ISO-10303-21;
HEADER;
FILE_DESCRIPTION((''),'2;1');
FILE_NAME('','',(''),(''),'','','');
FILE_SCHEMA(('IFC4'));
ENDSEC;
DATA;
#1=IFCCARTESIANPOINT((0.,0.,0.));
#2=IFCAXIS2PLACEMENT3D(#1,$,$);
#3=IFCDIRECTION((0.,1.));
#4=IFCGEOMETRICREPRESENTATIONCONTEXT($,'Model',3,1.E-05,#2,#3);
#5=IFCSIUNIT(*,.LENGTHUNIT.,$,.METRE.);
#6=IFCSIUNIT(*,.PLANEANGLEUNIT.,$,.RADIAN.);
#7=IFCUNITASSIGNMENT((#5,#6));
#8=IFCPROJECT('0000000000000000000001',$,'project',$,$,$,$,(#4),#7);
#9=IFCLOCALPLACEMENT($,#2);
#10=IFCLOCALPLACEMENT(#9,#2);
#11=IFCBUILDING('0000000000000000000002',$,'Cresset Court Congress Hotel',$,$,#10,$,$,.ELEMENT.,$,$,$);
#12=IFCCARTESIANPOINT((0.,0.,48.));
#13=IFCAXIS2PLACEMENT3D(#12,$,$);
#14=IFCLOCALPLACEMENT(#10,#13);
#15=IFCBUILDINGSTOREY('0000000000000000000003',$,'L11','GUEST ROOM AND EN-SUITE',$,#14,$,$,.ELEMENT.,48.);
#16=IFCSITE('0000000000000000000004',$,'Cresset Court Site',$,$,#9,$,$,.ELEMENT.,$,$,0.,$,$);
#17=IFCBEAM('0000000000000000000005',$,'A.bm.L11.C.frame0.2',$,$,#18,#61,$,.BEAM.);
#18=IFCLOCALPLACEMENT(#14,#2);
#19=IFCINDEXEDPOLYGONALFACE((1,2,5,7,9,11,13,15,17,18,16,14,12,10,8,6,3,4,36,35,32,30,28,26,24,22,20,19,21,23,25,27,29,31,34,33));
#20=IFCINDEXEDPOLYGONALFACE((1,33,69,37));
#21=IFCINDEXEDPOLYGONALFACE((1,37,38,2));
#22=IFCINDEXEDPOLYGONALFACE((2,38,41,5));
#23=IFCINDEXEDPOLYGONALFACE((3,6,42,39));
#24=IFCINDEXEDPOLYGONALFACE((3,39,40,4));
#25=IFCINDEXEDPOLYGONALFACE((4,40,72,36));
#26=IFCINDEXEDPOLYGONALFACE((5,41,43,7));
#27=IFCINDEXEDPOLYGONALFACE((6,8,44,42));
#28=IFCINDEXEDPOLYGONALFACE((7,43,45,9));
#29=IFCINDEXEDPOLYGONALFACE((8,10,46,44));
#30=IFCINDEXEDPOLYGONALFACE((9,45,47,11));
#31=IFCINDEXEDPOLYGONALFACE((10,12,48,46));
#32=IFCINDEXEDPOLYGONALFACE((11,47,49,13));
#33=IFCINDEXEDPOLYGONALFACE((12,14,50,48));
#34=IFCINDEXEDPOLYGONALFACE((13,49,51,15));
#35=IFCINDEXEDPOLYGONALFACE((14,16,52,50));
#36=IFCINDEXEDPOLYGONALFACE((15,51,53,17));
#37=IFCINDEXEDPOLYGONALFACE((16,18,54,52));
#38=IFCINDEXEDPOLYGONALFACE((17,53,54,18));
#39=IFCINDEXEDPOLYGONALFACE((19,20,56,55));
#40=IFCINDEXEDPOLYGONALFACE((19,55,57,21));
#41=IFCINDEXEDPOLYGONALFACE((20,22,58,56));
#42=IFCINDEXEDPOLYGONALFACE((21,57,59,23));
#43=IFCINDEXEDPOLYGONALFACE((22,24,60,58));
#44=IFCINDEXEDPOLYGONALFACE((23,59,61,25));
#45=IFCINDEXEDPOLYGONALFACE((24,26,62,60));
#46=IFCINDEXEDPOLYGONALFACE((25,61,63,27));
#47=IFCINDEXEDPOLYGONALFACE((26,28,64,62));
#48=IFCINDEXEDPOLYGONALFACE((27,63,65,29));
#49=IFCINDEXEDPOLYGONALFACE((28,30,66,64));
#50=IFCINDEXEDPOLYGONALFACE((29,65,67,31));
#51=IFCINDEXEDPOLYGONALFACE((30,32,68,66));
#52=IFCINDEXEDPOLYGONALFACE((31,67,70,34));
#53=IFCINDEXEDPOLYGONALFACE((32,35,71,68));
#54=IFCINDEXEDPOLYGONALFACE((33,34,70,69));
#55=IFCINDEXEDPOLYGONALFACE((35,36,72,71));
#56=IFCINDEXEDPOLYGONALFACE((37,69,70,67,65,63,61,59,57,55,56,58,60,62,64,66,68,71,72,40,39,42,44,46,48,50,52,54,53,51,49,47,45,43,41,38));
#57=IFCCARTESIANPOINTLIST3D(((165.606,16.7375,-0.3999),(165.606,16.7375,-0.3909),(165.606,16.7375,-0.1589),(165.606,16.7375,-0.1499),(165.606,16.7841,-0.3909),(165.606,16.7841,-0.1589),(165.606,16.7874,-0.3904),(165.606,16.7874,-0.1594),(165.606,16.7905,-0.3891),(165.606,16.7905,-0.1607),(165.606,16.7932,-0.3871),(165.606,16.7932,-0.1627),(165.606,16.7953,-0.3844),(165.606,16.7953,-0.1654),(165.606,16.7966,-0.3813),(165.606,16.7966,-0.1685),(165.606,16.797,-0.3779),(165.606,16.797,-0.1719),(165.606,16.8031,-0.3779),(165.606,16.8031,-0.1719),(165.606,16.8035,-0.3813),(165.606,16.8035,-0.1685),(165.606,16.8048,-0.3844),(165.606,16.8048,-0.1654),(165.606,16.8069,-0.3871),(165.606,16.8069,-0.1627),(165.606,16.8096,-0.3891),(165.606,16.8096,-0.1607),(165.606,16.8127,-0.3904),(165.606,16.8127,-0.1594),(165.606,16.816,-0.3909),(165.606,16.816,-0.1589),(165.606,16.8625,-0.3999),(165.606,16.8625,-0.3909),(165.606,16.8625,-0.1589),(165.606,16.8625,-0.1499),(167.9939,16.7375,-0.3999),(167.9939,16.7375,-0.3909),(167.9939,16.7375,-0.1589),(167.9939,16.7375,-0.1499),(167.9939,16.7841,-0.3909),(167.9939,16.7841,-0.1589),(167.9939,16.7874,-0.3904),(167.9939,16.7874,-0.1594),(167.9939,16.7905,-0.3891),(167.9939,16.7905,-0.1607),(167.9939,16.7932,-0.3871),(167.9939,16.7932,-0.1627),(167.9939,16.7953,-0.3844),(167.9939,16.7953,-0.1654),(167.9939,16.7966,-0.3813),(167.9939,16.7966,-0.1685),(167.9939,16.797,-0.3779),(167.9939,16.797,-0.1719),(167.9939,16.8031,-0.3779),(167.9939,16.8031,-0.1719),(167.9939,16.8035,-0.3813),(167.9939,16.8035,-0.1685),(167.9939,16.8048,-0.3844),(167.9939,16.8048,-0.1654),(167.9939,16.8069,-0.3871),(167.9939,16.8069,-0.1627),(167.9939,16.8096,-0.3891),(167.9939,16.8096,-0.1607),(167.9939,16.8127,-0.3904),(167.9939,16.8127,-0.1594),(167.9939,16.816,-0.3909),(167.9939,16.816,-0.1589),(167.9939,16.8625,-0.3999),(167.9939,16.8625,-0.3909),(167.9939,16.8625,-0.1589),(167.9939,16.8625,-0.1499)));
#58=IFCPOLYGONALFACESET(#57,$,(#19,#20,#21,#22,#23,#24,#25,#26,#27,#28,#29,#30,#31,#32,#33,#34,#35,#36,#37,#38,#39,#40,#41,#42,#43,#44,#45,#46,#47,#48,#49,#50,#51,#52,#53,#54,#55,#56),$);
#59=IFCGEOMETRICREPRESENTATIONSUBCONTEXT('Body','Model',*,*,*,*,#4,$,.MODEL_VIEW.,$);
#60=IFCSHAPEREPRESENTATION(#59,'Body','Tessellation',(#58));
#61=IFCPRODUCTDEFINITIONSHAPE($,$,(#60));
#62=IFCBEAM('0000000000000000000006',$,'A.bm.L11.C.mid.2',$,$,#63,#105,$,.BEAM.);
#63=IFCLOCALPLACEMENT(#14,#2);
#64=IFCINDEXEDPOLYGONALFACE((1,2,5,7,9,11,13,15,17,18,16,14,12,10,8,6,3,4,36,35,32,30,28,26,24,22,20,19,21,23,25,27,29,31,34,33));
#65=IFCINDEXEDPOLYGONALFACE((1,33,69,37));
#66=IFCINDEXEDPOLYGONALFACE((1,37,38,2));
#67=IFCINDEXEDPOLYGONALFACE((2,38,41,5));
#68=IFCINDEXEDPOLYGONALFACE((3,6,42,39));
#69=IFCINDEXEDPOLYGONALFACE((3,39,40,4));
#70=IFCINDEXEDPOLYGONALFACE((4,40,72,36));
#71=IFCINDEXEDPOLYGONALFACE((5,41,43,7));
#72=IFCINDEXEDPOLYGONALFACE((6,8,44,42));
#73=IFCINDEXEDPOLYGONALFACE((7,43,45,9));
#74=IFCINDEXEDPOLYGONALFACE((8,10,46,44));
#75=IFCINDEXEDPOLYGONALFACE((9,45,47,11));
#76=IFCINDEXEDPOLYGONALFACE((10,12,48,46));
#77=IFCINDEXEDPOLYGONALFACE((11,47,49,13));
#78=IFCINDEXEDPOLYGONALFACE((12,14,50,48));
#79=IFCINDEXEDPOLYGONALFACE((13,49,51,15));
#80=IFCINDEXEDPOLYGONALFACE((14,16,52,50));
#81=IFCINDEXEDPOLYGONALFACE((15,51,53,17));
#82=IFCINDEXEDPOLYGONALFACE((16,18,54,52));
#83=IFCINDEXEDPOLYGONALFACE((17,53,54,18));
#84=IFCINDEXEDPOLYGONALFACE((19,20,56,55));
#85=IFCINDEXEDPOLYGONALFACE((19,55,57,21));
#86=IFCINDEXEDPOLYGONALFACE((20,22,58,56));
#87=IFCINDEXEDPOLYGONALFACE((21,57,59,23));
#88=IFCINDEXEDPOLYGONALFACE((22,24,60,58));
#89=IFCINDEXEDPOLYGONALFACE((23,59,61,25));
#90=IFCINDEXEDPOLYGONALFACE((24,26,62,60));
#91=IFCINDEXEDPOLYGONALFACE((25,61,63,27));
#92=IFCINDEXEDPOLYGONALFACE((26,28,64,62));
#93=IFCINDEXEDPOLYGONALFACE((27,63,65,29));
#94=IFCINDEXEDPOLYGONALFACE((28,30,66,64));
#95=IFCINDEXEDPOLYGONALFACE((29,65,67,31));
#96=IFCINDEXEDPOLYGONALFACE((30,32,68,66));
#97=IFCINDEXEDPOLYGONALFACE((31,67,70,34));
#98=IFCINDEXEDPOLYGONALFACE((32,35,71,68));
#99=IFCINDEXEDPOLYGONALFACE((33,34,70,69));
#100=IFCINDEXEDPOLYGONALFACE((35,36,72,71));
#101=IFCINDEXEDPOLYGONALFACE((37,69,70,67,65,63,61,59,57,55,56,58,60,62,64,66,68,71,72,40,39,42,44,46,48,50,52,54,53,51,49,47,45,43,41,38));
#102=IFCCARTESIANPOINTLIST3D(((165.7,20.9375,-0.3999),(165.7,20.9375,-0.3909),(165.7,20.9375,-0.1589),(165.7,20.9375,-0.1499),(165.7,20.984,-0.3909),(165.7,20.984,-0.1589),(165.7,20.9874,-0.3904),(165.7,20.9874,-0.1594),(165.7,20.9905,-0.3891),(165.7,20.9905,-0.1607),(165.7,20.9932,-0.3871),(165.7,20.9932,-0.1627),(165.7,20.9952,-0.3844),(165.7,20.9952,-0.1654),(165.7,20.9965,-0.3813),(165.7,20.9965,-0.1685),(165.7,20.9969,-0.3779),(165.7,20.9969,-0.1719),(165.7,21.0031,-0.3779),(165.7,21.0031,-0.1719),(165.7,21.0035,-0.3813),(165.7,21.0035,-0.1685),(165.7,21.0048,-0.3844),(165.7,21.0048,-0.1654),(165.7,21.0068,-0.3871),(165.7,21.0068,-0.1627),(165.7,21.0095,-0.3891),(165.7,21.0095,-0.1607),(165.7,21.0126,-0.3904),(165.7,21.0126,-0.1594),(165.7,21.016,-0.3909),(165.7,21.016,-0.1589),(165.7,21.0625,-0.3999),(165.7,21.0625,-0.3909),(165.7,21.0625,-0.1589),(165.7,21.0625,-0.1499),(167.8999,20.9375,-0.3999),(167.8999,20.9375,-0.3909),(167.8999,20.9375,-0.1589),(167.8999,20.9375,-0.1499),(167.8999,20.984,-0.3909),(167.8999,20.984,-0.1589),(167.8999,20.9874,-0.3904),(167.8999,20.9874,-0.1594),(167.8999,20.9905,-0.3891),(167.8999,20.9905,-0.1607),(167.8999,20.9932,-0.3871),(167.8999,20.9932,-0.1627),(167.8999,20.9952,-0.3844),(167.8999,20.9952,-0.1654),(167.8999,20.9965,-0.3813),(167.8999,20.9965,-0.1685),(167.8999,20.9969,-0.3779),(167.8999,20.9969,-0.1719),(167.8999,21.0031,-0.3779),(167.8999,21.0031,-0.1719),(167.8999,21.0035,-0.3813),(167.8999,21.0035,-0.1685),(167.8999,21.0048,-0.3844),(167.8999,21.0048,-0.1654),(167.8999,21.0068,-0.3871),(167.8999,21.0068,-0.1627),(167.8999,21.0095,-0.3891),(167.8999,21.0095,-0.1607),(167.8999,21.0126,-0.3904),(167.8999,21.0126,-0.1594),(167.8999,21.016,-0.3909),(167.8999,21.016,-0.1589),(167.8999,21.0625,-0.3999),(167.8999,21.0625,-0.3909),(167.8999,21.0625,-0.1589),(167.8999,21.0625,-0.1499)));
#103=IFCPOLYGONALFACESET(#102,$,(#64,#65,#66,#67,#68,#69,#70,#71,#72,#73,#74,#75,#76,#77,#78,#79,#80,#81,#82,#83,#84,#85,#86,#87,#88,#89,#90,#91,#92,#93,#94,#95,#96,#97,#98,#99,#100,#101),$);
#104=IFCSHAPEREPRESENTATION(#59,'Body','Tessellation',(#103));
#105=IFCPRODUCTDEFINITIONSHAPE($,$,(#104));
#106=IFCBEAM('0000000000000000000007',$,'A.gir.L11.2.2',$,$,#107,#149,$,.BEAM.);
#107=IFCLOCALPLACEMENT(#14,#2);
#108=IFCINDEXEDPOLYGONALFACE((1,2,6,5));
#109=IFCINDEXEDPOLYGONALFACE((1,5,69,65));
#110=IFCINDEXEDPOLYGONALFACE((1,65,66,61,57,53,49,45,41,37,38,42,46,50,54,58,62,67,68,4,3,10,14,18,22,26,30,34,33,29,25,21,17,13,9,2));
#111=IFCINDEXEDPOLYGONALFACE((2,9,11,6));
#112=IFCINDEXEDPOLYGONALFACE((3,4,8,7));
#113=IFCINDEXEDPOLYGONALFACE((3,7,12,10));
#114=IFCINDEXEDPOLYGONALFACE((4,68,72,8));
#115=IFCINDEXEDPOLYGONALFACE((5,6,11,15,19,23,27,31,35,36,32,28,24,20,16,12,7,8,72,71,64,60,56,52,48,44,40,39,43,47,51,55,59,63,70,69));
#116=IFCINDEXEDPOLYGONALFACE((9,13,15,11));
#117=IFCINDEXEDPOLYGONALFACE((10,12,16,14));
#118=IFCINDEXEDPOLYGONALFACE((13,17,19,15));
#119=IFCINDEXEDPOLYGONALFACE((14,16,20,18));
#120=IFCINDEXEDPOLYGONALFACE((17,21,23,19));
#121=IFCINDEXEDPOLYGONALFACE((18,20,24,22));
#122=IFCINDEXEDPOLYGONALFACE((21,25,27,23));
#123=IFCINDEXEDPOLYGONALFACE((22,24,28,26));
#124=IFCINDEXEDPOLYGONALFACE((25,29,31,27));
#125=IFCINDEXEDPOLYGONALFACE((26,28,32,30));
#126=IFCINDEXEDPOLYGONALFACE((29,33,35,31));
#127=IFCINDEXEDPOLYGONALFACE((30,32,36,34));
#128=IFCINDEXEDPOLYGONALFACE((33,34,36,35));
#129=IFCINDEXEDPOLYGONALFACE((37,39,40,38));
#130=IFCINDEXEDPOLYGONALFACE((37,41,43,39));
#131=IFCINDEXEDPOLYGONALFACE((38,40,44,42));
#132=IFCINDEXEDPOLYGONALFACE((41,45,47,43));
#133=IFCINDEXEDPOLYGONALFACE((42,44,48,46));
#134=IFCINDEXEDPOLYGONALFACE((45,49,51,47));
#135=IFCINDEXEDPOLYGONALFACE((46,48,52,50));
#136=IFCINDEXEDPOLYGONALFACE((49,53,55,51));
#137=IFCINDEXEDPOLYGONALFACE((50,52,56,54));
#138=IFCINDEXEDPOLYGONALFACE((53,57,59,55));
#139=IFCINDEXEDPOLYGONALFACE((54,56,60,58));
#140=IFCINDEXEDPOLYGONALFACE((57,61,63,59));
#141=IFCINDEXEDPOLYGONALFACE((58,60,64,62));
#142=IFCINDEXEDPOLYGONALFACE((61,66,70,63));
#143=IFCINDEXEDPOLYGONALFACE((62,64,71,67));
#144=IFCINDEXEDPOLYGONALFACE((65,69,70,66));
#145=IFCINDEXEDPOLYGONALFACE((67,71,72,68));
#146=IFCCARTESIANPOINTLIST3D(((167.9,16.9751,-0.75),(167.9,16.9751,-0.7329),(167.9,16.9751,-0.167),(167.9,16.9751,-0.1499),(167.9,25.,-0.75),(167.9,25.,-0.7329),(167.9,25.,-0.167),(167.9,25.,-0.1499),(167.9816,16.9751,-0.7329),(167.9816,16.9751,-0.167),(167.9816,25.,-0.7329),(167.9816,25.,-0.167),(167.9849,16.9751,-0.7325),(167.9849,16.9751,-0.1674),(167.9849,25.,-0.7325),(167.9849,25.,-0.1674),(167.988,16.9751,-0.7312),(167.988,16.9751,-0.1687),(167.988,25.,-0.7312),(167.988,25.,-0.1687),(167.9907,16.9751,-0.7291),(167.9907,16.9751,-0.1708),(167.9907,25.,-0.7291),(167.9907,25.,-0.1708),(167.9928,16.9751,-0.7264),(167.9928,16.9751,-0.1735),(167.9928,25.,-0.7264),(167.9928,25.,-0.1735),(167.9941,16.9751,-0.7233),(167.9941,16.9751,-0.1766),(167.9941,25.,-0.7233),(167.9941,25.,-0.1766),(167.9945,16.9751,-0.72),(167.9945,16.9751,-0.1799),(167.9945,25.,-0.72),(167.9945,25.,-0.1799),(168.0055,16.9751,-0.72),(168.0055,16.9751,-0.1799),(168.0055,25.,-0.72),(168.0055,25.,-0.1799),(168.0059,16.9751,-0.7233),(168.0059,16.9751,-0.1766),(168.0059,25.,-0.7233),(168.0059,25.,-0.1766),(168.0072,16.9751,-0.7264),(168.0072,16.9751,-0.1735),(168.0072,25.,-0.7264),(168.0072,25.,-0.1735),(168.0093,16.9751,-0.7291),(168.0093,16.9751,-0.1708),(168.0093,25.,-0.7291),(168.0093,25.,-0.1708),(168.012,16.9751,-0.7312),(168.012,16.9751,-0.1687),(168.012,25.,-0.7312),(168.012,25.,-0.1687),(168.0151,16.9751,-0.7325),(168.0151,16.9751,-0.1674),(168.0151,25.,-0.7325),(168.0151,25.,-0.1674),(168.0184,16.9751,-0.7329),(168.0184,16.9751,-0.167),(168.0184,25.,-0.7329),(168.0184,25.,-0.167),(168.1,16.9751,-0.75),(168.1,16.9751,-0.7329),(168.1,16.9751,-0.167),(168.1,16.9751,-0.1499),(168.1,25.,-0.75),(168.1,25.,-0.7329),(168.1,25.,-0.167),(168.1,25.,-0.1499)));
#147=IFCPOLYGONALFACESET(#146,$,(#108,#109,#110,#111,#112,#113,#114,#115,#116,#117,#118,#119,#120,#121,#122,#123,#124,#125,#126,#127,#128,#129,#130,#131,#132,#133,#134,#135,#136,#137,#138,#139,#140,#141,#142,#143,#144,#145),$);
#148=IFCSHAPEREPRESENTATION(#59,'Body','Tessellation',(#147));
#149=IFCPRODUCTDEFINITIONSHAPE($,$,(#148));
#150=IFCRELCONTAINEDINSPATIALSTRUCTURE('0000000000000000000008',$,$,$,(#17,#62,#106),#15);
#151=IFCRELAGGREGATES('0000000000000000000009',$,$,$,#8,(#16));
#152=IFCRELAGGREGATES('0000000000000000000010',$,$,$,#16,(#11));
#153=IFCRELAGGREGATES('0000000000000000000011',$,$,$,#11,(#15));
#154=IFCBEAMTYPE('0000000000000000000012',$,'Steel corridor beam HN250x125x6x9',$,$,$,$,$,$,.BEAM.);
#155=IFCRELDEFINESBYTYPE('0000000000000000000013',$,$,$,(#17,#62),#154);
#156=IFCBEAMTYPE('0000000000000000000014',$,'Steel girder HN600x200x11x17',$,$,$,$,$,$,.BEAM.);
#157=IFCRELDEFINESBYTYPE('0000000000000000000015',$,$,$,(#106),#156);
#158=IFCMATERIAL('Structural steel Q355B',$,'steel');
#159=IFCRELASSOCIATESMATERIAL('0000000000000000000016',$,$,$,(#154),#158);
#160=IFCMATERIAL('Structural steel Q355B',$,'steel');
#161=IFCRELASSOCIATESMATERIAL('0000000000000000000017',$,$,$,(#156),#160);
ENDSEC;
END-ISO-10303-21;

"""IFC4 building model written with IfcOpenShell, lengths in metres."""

from ifc_helpers import new_model, si_unit, direction, frame, origin, origin_2d, place, context, subcontext, project, spatial, i_section, extrude, material, material_profile, profile_set, type_object, element, save


model = new_model("IFC4")

# Units and contexts
model_context = context("Model", 3, precision=1e-05, world=origin(), true_north=direction((0.0, 1.0)))
body_context = subcontext(model_context, "Body", "Model", "MODEL_VIEW")
ifc_project = project(units=[si_unit("LENGTHUNIT", "METRE"), si_unit("PLANEANGLEUNIT", "RADIAN")], contexts=[model_context])

# Site, building, storey
site_placement = place(None, origin())
site = spatial("IfcSite", under=ifc_project, at=site_placement, Name="Cresset Court Site", CompositionType="ELEMENT", RefElevation=0.0)
building_placement = place(site_placement, origin())
building = spatial("IfcBuilding", under=site, at=building_placement, Name="Cresset Court Congress Hotel", CompositionType="ELEMENT")
storey_placement = place(building_placement, frame((0.0, 0.0, 48.0)))
storey = spatial("IfcBuildingStorey", under=building, at=storey_placement, Name="L11", Description="GUEST ROOM AND EN-SUITE", CompositionType="ELEMENT", Elevation=48.0)

# Beams
ifc_material_1 = material(Name="Structural steel Q355B", Category="steel")
ifc_material_profile_1 = material_profile(ifc_material_1, i_section(OverallWidth=0.125, OverallDepth=0.25, WebThickness=0.0061, FlangeThickness=0.009, FilletRadius=0.0129, at=origin_2d()), Name="HN250x125x6x9")
ifc_profile_set_1 = profile_set([ifc_material_profile_1], Name="Structural steel Q355B")
beam_type_1 = type_object("IfcBeamType", Name="Steel corridor beam HN250x125x6x9", PredefinedType="BEAM", material=ifc_profile_set_1)
beam_1_placement = place(storey_placement, frame((165.606, 16.8, -0.2749), z_axis=(1.0, 0.0, 0.0), x_axis=(0.0, 1.0, 0.0)))
element("IfcBeam", 1, at=beam_1_placement, inside=storey, type_object=beam_type_1, Name="A.bm.L11.C.frame0.2", PredefinedType="BEAM", context=body_context, shape_type="SweptSolid", body=[
    extrude(i_section(OverallWidth=0.125, OverallDepth=0.25, WebThickness=0.0061, FlangeThickness=0.009, FilletRadius=0.0129, at=origin_2d()), origin(), (0.0, 0.0, 1.0), 2.3879),
])
beam_2_placement = place(storey_placement, frame((165.7, 21.0, -0.2749), z_axis=(1.0, 0.0, 0.0), x_axis=(0.0, 1.0, 0.0)))
element("IfcBeam", 2, at=beam_2_placement, inside=storey, type_object=beam_type_1, Name="A.bm.L11.C.mid.2", PredefinedType="BEAM", context=body_context, shape_type="SweptSolid", body=[
    extrude(i_section(OverallWidth=0.125, OverallDepth=0.25, WebThickness=0.0061, FlangeThickness=0.009, FilletRadius=0.0129, at=origin_2d()), origin(), (0.0, 0.0, 1.0), 2.2),
])
ifc_material_2 = material(Name="Structural steel Q355B", Category="steel")
ifc_material_profile_2 = material_profile(ifc_material_2, i_section(OverallWidth=0.2, OverallDepth=0.6001, WebThickness=0.011, FlangeThickness=0.0171, FilletRadius=0.0129, at=origin_2d()), Name="HN600x200x11x17")
ifc_profile_set_2 = profile_set([ifc_material_profile_2], Name="Structural steel Q355B")
beam_type_2 = type_object("IfcBeamType", Name="Steel girder HN600x200x11x17", PredefinedType="BEAM", material=ifc_profile_set_2)
beam_3_placement = place(storey_placement, frame((168.0, 16.9751, -0.45), z_axis=(0.0, 1.0, 0.0), x_axis=(-1.0, 0.0, 0.0)))
element("IfcBeam", 3, at=beam_3_placement, inside=storey, type_object=beam_type_2, Name="A.gir.L11.2.2", PredefinedType="BEAM", context=body_context, shape_type="SweptSolid", body=[
    extrude(i_section(OverallWidth=0.2, OverallDepth=0.6001, WebThickness=0.011, FlangeThickness=0.0171, FilletRadius=0.0129, at=origin_2d()), origin(), (0.0, 0.0, 1.0), 8.0249),
])

save(model, "model.ifc")
